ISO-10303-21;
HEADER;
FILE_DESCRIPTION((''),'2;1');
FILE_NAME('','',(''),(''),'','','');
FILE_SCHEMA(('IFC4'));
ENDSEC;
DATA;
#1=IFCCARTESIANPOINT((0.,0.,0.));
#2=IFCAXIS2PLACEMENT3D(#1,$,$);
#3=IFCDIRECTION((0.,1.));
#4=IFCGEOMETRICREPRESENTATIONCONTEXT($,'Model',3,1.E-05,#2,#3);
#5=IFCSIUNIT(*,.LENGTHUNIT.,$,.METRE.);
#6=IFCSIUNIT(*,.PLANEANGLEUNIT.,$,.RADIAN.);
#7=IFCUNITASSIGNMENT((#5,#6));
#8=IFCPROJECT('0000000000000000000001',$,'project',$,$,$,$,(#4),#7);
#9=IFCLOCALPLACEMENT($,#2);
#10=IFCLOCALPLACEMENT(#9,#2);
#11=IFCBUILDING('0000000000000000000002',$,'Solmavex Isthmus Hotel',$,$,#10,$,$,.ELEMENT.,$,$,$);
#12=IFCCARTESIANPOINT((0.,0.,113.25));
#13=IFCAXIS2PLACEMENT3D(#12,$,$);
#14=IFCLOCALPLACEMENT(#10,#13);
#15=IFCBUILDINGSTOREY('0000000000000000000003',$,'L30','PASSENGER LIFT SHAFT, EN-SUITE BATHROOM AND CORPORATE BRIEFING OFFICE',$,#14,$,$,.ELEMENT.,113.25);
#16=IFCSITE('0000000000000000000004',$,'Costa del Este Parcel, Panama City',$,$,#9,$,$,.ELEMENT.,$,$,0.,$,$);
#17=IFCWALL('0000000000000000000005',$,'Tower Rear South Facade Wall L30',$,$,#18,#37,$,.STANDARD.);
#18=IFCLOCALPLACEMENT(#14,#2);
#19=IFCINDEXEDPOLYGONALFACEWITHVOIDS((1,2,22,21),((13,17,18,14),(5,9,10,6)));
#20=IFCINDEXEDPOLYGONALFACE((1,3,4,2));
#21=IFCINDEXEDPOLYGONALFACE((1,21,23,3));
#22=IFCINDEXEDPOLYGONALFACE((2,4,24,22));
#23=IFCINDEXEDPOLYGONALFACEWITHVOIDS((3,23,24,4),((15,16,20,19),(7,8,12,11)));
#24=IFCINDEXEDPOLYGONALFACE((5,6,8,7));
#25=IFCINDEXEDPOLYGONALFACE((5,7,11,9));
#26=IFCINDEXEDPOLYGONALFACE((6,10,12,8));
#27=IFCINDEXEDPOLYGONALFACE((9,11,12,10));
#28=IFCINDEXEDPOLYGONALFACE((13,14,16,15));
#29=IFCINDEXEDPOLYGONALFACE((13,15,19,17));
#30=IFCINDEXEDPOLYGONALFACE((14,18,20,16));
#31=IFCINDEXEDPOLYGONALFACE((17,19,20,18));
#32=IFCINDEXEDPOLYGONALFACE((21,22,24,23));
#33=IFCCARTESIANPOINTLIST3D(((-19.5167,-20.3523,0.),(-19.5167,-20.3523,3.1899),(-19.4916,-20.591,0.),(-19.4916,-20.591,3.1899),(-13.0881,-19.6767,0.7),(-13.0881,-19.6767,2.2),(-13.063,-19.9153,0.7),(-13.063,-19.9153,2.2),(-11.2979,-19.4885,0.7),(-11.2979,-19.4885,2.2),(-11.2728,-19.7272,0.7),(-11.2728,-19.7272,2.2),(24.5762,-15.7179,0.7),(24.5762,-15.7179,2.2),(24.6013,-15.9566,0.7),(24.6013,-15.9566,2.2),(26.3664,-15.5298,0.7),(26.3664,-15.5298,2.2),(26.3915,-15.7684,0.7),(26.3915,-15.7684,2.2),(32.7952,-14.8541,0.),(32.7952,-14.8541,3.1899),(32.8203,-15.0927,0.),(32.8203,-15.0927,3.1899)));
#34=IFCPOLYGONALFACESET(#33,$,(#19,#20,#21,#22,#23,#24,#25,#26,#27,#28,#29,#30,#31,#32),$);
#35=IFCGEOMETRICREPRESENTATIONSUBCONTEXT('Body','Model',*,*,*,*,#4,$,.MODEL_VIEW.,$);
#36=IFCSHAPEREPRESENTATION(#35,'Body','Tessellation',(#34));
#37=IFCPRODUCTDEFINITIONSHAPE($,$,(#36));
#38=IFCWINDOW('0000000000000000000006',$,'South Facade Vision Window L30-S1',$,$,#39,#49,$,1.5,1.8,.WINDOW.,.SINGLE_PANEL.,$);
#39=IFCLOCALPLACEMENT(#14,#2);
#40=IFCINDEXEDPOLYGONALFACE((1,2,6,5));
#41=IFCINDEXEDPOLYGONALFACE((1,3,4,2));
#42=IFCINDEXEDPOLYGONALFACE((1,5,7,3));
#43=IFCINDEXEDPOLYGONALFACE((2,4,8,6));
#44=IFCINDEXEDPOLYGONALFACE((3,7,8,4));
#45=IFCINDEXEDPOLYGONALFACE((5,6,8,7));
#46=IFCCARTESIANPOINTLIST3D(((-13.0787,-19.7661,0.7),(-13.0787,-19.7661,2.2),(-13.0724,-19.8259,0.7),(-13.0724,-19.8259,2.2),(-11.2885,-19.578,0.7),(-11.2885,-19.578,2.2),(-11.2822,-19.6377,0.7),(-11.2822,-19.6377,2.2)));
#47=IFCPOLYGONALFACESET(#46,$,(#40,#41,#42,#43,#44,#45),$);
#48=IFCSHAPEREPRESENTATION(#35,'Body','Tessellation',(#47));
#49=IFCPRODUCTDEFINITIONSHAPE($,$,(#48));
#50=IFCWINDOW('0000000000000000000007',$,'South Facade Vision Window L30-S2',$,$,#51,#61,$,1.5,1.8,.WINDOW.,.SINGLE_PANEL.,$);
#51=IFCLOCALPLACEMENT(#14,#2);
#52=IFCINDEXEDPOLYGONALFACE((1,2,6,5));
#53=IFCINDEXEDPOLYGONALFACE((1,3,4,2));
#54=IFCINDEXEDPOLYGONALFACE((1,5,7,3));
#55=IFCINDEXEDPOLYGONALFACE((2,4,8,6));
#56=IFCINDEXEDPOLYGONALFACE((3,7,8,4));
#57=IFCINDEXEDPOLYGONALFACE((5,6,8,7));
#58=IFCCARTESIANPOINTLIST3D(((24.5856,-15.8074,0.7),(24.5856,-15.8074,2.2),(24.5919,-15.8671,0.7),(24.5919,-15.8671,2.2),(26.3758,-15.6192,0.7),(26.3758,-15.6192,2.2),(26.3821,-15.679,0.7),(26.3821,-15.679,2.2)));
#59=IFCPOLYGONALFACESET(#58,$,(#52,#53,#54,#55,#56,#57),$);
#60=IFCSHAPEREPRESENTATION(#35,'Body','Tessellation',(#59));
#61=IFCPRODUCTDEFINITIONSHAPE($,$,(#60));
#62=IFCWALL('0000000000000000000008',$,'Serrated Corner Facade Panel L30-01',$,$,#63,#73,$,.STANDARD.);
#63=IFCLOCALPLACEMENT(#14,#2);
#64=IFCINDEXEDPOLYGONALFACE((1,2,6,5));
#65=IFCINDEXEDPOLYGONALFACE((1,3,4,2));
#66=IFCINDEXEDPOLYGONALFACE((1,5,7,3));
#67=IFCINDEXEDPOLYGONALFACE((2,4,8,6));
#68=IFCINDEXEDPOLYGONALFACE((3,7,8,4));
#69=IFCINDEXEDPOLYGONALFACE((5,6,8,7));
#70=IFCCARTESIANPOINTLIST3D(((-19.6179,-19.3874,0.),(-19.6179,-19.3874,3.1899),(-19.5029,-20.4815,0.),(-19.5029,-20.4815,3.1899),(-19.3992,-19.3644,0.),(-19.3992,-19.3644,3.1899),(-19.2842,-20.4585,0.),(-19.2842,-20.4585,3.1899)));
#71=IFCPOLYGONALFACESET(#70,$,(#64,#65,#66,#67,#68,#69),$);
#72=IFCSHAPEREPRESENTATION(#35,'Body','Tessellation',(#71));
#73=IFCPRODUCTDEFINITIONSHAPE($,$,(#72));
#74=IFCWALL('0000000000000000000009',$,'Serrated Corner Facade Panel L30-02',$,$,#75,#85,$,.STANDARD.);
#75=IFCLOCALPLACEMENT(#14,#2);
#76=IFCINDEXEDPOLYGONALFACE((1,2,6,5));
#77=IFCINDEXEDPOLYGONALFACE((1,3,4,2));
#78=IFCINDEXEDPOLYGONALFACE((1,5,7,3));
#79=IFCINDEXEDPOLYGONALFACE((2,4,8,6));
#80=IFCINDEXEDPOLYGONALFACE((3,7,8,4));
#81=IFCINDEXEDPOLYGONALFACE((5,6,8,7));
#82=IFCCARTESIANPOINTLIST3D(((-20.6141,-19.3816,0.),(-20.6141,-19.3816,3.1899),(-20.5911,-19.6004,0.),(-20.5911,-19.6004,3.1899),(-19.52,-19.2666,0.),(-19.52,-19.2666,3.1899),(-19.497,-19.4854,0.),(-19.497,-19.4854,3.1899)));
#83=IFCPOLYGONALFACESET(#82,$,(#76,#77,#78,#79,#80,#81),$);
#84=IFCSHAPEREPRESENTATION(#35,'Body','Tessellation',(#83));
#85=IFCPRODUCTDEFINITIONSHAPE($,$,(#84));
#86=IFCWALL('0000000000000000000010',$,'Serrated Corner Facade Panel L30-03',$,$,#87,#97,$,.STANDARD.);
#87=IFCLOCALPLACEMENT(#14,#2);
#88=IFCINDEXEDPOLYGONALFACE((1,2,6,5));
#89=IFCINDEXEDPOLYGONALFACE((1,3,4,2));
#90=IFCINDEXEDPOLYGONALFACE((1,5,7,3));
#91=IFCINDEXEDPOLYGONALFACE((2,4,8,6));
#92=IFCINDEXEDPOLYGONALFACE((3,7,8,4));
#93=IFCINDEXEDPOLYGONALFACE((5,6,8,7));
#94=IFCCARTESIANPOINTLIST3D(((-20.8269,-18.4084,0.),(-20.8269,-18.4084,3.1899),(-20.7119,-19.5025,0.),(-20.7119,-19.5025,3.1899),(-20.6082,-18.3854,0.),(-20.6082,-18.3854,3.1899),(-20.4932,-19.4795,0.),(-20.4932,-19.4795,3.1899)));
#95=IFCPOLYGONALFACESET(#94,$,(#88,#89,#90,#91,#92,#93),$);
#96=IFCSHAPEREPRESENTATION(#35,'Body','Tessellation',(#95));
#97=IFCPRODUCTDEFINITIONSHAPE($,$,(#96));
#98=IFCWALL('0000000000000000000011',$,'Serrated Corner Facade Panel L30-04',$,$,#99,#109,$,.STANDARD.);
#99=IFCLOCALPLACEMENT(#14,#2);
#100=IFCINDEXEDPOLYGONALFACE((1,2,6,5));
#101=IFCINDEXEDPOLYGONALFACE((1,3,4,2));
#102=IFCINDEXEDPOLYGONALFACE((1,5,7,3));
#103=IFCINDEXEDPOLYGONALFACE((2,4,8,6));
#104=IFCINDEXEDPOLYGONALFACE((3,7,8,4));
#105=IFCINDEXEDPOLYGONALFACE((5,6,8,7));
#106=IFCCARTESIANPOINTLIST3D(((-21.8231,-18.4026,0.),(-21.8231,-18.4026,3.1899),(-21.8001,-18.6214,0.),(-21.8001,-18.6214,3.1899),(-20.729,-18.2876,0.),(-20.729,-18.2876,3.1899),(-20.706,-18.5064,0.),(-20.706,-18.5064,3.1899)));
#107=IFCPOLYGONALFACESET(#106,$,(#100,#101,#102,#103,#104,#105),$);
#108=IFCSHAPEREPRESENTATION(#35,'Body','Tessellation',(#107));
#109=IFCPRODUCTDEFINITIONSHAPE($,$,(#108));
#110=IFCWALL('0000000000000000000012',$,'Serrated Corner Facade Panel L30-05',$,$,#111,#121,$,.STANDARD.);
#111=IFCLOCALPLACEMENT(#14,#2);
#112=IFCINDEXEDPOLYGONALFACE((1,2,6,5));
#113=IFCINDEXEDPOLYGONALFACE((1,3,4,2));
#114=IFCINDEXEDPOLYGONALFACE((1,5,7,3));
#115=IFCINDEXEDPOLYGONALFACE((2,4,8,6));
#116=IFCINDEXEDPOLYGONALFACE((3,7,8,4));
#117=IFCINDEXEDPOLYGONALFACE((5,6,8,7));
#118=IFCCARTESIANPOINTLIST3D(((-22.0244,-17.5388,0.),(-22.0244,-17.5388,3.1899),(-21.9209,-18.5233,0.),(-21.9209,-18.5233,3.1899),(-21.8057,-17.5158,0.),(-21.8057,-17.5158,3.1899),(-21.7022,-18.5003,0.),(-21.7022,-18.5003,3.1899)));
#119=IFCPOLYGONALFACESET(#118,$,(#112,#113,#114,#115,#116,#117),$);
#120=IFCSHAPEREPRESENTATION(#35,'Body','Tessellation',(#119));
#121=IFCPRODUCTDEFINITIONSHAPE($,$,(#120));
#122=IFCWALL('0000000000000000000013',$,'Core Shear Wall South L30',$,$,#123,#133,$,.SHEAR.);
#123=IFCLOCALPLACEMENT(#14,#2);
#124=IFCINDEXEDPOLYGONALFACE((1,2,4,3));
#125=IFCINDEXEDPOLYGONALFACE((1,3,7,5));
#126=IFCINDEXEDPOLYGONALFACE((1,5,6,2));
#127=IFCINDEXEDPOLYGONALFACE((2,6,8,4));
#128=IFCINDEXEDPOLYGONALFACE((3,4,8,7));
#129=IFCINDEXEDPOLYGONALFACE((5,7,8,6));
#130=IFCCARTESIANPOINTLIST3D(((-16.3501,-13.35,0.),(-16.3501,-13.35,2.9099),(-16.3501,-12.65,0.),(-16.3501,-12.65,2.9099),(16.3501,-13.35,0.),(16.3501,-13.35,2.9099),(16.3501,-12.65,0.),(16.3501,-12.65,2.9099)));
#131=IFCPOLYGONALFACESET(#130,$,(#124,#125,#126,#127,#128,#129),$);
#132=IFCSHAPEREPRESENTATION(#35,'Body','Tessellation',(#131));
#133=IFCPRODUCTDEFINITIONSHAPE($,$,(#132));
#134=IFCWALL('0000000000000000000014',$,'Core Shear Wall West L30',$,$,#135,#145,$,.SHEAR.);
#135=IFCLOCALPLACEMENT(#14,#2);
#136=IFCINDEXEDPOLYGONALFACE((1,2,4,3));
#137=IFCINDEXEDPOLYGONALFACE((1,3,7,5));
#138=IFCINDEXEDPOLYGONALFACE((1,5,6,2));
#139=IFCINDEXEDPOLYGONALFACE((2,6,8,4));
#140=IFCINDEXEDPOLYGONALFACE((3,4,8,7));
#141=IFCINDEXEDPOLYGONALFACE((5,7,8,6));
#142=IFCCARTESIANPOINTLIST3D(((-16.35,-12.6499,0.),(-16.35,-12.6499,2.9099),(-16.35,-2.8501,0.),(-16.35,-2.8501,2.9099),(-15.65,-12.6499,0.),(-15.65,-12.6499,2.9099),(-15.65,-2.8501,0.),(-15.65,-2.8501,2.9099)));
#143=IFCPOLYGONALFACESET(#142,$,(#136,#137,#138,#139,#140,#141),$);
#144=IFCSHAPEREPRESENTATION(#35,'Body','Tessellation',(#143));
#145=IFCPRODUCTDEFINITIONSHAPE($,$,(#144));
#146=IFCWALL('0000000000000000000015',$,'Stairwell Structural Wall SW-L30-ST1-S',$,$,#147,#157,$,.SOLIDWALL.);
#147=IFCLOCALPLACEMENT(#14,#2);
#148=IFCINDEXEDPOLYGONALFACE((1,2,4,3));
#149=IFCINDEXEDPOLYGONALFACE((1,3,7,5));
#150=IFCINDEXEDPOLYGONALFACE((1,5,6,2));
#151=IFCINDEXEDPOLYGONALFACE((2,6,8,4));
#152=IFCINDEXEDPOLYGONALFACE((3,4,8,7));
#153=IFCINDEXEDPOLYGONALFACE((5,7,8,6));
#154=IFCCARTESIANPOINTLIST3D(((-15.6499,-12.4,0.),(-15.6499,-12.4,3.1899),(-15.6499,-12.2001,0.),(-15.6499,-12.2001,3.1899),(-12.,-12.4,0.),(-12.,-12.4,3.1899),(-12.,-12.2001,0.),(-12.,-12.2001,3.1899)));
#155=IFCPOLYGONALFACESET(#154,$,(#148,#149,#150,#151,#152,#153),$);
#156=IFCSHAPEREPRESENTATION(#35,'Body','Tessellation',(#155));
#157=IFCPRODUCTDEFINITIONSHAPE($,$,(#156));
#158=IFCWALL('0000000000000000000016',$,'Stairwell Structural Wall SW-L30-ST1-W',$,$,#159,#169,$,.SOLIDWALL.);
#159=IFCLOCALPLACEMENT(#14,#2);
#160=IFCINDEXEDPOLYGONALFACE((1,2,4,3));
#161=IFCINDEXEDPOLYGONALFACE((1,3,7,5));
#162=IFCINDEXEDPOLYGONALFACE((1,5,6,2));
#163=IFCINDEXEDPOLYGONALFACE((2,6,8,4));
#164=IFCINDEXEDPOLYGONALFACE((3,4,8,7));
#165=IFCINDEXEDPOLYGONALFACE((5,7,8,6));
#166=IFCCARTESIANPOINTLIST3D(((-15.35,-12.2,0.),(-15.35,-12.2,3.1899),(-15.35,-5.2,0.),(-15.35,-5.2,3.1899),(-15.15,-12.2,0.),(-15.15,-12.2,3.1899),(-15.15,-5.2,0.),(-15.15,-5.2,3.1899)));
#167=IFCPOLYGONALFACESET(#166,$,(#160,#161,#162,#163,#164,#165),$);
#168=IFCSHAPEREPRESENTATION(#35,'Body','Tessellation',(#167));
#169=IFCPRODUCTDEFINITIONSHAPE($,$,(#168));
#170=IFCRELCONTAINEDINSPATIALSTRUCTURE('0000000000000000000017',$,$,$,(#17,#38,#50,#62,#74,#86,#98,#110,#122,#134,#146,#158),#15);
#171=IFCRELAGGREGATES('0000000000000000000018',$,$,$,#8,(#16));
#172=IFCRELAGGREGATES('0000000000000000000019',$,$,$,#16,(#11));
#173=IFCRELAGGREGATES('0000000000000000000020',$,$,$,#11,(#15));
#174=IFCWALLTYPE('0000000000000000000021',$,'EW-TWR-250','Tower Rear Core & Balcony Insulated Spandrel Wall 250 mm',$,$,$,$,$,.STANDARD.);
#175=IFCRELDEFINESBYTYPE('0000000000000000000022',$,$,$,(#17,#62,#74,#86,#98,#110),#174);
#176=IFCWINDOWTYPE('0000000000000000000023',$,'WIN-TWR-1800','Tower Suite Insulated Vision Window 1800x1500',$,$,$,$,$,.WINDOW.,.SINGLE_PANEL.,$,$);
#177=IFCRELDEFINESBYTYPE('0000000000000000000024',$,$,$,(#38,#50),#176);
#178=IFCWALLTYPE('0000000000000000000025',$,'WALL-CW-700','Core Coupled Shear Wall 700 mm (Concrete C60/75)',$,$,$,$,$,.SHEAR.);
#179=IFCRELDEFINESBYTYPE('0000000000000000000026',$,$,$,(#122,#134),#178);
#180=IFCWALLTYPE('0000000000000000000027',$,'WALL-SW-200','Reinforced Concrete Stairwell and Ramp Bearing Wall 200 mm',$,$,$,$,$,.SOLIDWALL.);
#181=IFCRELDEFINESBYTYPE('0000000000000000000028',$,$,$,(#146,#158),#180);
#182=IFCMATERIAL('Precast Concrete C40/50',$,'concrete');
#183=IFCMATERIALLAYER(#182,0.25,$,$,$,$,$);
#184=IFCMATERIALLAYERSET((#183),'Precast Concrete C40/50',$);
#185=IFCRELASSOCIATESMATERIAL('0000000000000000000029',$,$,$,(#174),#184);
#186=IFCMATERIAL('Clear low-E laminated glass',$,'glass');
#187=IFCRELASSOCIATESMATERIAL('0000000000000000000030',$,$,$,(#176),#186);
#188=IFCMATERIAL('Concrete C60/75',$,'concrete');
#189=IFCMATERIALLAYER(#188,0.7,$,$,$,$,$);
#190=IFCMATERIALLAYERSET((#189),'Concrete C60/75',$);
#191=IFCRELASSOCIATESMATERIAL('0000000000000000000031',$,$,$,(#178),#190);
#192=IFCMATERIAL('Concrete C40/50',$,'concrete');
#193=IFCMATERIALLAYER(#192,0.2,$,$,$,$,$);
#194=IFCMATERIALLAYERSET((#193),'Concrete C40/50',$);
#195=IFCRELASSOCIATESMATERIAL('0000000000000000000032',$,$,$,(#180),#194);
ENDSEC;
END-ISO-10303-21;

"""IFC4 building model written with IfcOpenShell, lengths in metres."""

from ifc_helpers import new_model, si_unit, direction, frame, frame_2d, origin, place, context, subcontext, project, spatial, rectangle, extrude, material, layer, layer_set, type_object, element, fill, save


model = new_model("IFC4")

# Units and contexts
model_context = context("Model", 3, precision=1e-05, world=origin(), true_north=direction((0.0, 1.0)))
body_context = subcontext(model_context, "Body", "Model", "MODEL_VIEW")
ifc_project = project(units=[si_unit("LENGTHUNIT", "METRE"), si_unit("PLANEANGLEUNIT", "RADIAN")], contexts=[model_context])

# Site, building, storey
site_placement = place(None, origin())
site = spatial("IfcSite", under=ifc_project, at=site_placement, Name="Costa del Este Parcel, Panama City", CompositionType="ELEMENT", RefElevation=0.0)
building_placement = place(site_placement, origin())
building = spatial("IfcBuilding", under=site, at=building_placement, Name="Solmavex Isthmus Hotel", CompositionType="ELEMENT")
storey_placement = place(building_placement, frame((0.0, 0.0, 113.25)))
storey = spatial("IfcBuildingStorey", under=building, at=storey_placement, Name="L30", Description="PASSENGER LIFT SHAFT, EN-SUITE BATHROOM AND CORPORATE BRIEFING OFFICE", CompositionType="ELEMENT", Elevation=113.25)

# Shared definitions
ifc_material_1 = material(Name="Concrete C60/75", Category="concrete")

# Shared definitions
ifc_material_2 = material(Name="Clear low-E laminated glass", Category="glass")

# Wall, openings, windows
ifc_material_3 = material(Name="Precast Concrete C40/50", Category="concrete")
ifc_layer_1 = layer(ifc_material_3, 0.25)
ifc_layer_set_1 = layer_set([ifc_layer_1], Name="Precast Concrete C40/50")
wall_type_1 = type_object("IfcWallType", Name="EW-TWR-250", Description="Tower Rear Core & Balcony Insulated Spandrel Wall 250 mm", PredefinedType="STANDARD", material=ifc_layer_set_1)
wall_1_placement = place(storey_placement, frame((-19.5042, -20.4717, 0.0), z_axis=(0.0, 0.0, 1.0), x_axis=(0.994522, 0.10453, 0.0)))
wall_1 = element("IfcWall", 1, at=wall_1_placement, inside=storey, type_object=wall_type_1, Name="Tower Rear South Facade Wall L30", PredefinedType="STANDARD", context=body_context, shape_type="SweptSolid", body=[
    extrude(rectangle(XDim=52.6001, YDim=0.24, at=frame_2d((26.3, 0.0))), origin(), (0.0, 0.0, 1.0), 3.1899),
])
opening_1_placement = place(wall_1_placement, frame((6.4641, 0.0, 0.7)))
opening_1 = element("IfcOpeningElement", 2, at=opening_1_placement, cuts=wall_1, PredefinedType="OPENING", context=body_context, shape_type="SweptSolid", body=[
    extrude(rectangle(XDim=1.8, YDim=1.5, at=frame_2d((0.8999, 0.75))), frame((0.0, 0.1299, 0.0), z_axis=(0.0, -1.0, 0.0), x_axis=(1.0, 0.0, 0.0)), (0.0, 0.0, 1.0), 0.26),
])
opening_2_placement = place(wall_1_placement, frame((44.3359, 0.0, 0.7)))
opening_2 = element("IfcOpeningElement", 3, at=opening_2_placement, cuts=wall_1, PredefinedType="OPENING", context=body_context, shape_type="SweptSolid", body=[
    extrude(rectangle(XDim=1.8, YDim=1.5, at=frame_2d((0.8999, 0.75))), frame((0.0, 0.1299, 0.0), z_axis=(0.0, -1.0, 0.0), x_axis=(1.0, 0.0, 0.0)), (0.0, 0.0, 1.0), 0.26),
])
window_type = type_object("IfcWindowType", Name="WIN-TWR-1800", Description="Tower Suite Insulated Vision Window 1800x1500", PartitioningType="SINGLE_PANEL", PredefinedType="WINDOW", material=ifc_material_2)
window_1_placement = place(opening_1_placement, origin())
window_1 = element("IfcWindow", 4, at=window_1_placement, inside=storey, type_object=window_type, Name="South Facade Vision Window L30-S1", OverallHeight=1.5, OverallWidth=1.8, PartitioningType="SINGLE_PANEL", PredefinedType="WINDOW", context=body_context, shape_type="SweptSolid", body=[
    extrude(rectangle(XDim=1.8, YDim=1.5, at=frame_2d((0.8999, 0.75))), frame((0.0, 0.03, 0.0), z_axis=(0.0, -1.0, 0.0), x_axis=(1.0, 0.0, 0.0)), (0.0, 0.0, 1.0), 0.0601),
])
fill(opening_1, window_1)
window_2_placement = place(opening_2_placement, origin())
window_2 = element("IfcWindow", 5, at=window_2_placement, inside=storey, type_object=window_type, Name="South Facade Vision Window L30-S2", OverallHeight=1.5, OverallWidth=1.8, PartitioningType="SINGLE_PANEL", PredefinedType="WINDOW", context=body_context, shape_type="SweptSolid", body=[
    extrude(rectangle(XDim=1.8, YDim=1.5, at=frame_2d((0.8999, 0.75))), frame((0.0, 0.03, 0.0), z_axis=(0.0, -1.0, 0.0), x_axis=(1.0, 0.0, 0.0)), (0.0, 0.0, 1.0), 0.0601),
])
fill(opening_2, window_2)

# Walls
for number, where, z_axis, x_axis, name in (
    (6, (-19.3936, -20.47, 0.0), (0.0, 0.0, 1.0), (-0.104535, 0.994521, 0.0), "Serrated Corner Facade Panel L30-01"),
    (7, (-19.5085, -19.376, 0.0), (0.0, 0.0, 1.0), (-0.994521, -0.104535, 0.0), "Serrated Corner Facade Panel L30-02"),
    (8, (-20.6025, -19.491, 0.0), (0.0, 0.0, 1.0), (-0.104535, 0.994521, 0.0), "Serrated Corner Facade Panel L30-03"),
    (9, (-20.7175, -18.397, 0.0), (0.0, 0.0, 1.0), (-0.994521, -0.104535, 0.0), "Serrated Corner Facade Panel L30-04"),
):
    element("IfcWall", number, at=place(storey_placement, frame(where, z_axis=z_axis, x_axis=x_axis)), inside=storey, type_object=wall_type_1, Name=name, PredefinedType="STANDARD", context=body_context, shape_type="SweptSolid", body=[
        extrude(rectangle(XDim=1.1001, YDim=0.22, at=frame_2d((0.55, 0.0))), origin(), (0.0, 0.0, 1.0), 3.1899),
    ])
wall_2_placement = place(storey_placement, frame((-21.8115, -18.512, 0.0), z_axis=(0.0, 0.0, 1.0), x_axis=(-0.104556, 0.994519, 0.0)))
element("IfcWall", 10, at=wall_2_placement, inside=storey, type_object=wall_type_1, Name="Serrated Corner Facade Panel L30-05", PredefinedType="STANDARD", context=body_context, shape_type="SweptSolid", body=[
    extrude(rectangle(XDim=0.99, YDim=0.22, at=frame_2d((0.4951, 0.0))), origin(), (0.0, 0.0, 1.0), 3.1899),
])
ifc_layer_2 = layer(ifc_material_1, 0.7)
ifc_layer_set_2 = layer_set([ifc_layer_2], Name="Concrete C60/75")
wall_type_2 = type_object("IfcWallType", Name="WALL-CW-700", Description="Core Coupled Shear Wall 700 mm (Concrete C60/75)", PredefinedType="SHEAR", material=ifc_layer_set_2)
wall_3_placement = place(storey_placement, frame((-16.3501, -13.0, 0.0), z_axis=(0.0, 0.0, 1.0), x_axis=(1.0, 0.0, 0.0)))
element("IfcWall", 11, at=wall_3_placement, inside=storey, type_object=wall_type_2, Name="Core Shear Wall South L30", PredefinedType="SHEAR", context=body_context, shape_type="SweptSolid", body=[
    extrude(rectangle(XDim=32.7002, YDim=0.7, at=frame_2d((16.3501, 0.0))), origin(), (0.0, 0.0, 1.0), 2.9099),
])
wall_4_placement = place(storey_placement, frame((-16.0, -12.6499, 0.0), z_axis=(0.0, 0.0, 1.0), x_axis=(0.0, 1.0, 0.0)))
element("IfcWall", 12, at=wall_4_placement, inside=storey, type_object=wall_type_2, Name="Core Shear Wall West L30", PredefinedType="SHEAR", context=body_context, shape_type="SweptSolid", body=[
    extrude(rectangle(XDim=9.7998, YDim=0.7, at=frame_2d((4.8999, 0.0))), origin(), (0.0, 0.0, 1.0), 2.9099),
])
ifc_material_4 = material(Name="Concrete C40/50", Category="concrete")
ifc_layer_3 = layer(ifc_material_4, 0.2)
ifc_layer_set_3 = layer_set([ifc_layer_3], Name="Concrete C40/50")
wall_type_3 = type_object("IfcWallType", Name="WALL-SW-200", Description="Reinforced Concrete Stairwell and Ramp Bearing Wall 200 mm", PredefinedType="SOLIDWALL", material=ifc_layer_set_3)
wall_5_placement = place(storey_placement, frame((-15.6499, -12.3, 0.0), z_axis=(0.0, 0.0, 1.0), x_axis=(1.0, 0.0, 0.0)))
element("IfcWall", 13, at=wall_5_placement, inside=storey, type_object=wall_type_3, Name="Stairwell Structural Wall SW-L30-ST1-S", PredefinedType="SOLIDWALL", context=body_context, shape_type="SweptSolid", body=[
    extrude(rectangle(XDim=3.6499, YDim=0.2, at=frame_2d((1.825, 0.0))), origin(), (0.0, 0.0, 1.0), 3.1899),
])
wall_6_placement = place(storey_placement, frame((-15.25, -12.2, 0.0), z_axis=(0.0, 0.0, 1.0), x_axis=(0.0, 1.0, 0.0)))
element("IfcWall", 14, at=wall_6_placement, inside=storey, type_object=wall_type_3, Name="Stairwell Structural Wall SW-L30-ST1-W", PredefinedType="SOLIDWALL", context=body_context, shape_type="SweptSolid", body=[
    extrude(rectangle(XDim=7.0, YDim=0.2, at=frame_2d((3.5, 0.0))), origin(), (0.0, 0.0, 1.0), 3.1899),
])

save(model, "model.ifc")
